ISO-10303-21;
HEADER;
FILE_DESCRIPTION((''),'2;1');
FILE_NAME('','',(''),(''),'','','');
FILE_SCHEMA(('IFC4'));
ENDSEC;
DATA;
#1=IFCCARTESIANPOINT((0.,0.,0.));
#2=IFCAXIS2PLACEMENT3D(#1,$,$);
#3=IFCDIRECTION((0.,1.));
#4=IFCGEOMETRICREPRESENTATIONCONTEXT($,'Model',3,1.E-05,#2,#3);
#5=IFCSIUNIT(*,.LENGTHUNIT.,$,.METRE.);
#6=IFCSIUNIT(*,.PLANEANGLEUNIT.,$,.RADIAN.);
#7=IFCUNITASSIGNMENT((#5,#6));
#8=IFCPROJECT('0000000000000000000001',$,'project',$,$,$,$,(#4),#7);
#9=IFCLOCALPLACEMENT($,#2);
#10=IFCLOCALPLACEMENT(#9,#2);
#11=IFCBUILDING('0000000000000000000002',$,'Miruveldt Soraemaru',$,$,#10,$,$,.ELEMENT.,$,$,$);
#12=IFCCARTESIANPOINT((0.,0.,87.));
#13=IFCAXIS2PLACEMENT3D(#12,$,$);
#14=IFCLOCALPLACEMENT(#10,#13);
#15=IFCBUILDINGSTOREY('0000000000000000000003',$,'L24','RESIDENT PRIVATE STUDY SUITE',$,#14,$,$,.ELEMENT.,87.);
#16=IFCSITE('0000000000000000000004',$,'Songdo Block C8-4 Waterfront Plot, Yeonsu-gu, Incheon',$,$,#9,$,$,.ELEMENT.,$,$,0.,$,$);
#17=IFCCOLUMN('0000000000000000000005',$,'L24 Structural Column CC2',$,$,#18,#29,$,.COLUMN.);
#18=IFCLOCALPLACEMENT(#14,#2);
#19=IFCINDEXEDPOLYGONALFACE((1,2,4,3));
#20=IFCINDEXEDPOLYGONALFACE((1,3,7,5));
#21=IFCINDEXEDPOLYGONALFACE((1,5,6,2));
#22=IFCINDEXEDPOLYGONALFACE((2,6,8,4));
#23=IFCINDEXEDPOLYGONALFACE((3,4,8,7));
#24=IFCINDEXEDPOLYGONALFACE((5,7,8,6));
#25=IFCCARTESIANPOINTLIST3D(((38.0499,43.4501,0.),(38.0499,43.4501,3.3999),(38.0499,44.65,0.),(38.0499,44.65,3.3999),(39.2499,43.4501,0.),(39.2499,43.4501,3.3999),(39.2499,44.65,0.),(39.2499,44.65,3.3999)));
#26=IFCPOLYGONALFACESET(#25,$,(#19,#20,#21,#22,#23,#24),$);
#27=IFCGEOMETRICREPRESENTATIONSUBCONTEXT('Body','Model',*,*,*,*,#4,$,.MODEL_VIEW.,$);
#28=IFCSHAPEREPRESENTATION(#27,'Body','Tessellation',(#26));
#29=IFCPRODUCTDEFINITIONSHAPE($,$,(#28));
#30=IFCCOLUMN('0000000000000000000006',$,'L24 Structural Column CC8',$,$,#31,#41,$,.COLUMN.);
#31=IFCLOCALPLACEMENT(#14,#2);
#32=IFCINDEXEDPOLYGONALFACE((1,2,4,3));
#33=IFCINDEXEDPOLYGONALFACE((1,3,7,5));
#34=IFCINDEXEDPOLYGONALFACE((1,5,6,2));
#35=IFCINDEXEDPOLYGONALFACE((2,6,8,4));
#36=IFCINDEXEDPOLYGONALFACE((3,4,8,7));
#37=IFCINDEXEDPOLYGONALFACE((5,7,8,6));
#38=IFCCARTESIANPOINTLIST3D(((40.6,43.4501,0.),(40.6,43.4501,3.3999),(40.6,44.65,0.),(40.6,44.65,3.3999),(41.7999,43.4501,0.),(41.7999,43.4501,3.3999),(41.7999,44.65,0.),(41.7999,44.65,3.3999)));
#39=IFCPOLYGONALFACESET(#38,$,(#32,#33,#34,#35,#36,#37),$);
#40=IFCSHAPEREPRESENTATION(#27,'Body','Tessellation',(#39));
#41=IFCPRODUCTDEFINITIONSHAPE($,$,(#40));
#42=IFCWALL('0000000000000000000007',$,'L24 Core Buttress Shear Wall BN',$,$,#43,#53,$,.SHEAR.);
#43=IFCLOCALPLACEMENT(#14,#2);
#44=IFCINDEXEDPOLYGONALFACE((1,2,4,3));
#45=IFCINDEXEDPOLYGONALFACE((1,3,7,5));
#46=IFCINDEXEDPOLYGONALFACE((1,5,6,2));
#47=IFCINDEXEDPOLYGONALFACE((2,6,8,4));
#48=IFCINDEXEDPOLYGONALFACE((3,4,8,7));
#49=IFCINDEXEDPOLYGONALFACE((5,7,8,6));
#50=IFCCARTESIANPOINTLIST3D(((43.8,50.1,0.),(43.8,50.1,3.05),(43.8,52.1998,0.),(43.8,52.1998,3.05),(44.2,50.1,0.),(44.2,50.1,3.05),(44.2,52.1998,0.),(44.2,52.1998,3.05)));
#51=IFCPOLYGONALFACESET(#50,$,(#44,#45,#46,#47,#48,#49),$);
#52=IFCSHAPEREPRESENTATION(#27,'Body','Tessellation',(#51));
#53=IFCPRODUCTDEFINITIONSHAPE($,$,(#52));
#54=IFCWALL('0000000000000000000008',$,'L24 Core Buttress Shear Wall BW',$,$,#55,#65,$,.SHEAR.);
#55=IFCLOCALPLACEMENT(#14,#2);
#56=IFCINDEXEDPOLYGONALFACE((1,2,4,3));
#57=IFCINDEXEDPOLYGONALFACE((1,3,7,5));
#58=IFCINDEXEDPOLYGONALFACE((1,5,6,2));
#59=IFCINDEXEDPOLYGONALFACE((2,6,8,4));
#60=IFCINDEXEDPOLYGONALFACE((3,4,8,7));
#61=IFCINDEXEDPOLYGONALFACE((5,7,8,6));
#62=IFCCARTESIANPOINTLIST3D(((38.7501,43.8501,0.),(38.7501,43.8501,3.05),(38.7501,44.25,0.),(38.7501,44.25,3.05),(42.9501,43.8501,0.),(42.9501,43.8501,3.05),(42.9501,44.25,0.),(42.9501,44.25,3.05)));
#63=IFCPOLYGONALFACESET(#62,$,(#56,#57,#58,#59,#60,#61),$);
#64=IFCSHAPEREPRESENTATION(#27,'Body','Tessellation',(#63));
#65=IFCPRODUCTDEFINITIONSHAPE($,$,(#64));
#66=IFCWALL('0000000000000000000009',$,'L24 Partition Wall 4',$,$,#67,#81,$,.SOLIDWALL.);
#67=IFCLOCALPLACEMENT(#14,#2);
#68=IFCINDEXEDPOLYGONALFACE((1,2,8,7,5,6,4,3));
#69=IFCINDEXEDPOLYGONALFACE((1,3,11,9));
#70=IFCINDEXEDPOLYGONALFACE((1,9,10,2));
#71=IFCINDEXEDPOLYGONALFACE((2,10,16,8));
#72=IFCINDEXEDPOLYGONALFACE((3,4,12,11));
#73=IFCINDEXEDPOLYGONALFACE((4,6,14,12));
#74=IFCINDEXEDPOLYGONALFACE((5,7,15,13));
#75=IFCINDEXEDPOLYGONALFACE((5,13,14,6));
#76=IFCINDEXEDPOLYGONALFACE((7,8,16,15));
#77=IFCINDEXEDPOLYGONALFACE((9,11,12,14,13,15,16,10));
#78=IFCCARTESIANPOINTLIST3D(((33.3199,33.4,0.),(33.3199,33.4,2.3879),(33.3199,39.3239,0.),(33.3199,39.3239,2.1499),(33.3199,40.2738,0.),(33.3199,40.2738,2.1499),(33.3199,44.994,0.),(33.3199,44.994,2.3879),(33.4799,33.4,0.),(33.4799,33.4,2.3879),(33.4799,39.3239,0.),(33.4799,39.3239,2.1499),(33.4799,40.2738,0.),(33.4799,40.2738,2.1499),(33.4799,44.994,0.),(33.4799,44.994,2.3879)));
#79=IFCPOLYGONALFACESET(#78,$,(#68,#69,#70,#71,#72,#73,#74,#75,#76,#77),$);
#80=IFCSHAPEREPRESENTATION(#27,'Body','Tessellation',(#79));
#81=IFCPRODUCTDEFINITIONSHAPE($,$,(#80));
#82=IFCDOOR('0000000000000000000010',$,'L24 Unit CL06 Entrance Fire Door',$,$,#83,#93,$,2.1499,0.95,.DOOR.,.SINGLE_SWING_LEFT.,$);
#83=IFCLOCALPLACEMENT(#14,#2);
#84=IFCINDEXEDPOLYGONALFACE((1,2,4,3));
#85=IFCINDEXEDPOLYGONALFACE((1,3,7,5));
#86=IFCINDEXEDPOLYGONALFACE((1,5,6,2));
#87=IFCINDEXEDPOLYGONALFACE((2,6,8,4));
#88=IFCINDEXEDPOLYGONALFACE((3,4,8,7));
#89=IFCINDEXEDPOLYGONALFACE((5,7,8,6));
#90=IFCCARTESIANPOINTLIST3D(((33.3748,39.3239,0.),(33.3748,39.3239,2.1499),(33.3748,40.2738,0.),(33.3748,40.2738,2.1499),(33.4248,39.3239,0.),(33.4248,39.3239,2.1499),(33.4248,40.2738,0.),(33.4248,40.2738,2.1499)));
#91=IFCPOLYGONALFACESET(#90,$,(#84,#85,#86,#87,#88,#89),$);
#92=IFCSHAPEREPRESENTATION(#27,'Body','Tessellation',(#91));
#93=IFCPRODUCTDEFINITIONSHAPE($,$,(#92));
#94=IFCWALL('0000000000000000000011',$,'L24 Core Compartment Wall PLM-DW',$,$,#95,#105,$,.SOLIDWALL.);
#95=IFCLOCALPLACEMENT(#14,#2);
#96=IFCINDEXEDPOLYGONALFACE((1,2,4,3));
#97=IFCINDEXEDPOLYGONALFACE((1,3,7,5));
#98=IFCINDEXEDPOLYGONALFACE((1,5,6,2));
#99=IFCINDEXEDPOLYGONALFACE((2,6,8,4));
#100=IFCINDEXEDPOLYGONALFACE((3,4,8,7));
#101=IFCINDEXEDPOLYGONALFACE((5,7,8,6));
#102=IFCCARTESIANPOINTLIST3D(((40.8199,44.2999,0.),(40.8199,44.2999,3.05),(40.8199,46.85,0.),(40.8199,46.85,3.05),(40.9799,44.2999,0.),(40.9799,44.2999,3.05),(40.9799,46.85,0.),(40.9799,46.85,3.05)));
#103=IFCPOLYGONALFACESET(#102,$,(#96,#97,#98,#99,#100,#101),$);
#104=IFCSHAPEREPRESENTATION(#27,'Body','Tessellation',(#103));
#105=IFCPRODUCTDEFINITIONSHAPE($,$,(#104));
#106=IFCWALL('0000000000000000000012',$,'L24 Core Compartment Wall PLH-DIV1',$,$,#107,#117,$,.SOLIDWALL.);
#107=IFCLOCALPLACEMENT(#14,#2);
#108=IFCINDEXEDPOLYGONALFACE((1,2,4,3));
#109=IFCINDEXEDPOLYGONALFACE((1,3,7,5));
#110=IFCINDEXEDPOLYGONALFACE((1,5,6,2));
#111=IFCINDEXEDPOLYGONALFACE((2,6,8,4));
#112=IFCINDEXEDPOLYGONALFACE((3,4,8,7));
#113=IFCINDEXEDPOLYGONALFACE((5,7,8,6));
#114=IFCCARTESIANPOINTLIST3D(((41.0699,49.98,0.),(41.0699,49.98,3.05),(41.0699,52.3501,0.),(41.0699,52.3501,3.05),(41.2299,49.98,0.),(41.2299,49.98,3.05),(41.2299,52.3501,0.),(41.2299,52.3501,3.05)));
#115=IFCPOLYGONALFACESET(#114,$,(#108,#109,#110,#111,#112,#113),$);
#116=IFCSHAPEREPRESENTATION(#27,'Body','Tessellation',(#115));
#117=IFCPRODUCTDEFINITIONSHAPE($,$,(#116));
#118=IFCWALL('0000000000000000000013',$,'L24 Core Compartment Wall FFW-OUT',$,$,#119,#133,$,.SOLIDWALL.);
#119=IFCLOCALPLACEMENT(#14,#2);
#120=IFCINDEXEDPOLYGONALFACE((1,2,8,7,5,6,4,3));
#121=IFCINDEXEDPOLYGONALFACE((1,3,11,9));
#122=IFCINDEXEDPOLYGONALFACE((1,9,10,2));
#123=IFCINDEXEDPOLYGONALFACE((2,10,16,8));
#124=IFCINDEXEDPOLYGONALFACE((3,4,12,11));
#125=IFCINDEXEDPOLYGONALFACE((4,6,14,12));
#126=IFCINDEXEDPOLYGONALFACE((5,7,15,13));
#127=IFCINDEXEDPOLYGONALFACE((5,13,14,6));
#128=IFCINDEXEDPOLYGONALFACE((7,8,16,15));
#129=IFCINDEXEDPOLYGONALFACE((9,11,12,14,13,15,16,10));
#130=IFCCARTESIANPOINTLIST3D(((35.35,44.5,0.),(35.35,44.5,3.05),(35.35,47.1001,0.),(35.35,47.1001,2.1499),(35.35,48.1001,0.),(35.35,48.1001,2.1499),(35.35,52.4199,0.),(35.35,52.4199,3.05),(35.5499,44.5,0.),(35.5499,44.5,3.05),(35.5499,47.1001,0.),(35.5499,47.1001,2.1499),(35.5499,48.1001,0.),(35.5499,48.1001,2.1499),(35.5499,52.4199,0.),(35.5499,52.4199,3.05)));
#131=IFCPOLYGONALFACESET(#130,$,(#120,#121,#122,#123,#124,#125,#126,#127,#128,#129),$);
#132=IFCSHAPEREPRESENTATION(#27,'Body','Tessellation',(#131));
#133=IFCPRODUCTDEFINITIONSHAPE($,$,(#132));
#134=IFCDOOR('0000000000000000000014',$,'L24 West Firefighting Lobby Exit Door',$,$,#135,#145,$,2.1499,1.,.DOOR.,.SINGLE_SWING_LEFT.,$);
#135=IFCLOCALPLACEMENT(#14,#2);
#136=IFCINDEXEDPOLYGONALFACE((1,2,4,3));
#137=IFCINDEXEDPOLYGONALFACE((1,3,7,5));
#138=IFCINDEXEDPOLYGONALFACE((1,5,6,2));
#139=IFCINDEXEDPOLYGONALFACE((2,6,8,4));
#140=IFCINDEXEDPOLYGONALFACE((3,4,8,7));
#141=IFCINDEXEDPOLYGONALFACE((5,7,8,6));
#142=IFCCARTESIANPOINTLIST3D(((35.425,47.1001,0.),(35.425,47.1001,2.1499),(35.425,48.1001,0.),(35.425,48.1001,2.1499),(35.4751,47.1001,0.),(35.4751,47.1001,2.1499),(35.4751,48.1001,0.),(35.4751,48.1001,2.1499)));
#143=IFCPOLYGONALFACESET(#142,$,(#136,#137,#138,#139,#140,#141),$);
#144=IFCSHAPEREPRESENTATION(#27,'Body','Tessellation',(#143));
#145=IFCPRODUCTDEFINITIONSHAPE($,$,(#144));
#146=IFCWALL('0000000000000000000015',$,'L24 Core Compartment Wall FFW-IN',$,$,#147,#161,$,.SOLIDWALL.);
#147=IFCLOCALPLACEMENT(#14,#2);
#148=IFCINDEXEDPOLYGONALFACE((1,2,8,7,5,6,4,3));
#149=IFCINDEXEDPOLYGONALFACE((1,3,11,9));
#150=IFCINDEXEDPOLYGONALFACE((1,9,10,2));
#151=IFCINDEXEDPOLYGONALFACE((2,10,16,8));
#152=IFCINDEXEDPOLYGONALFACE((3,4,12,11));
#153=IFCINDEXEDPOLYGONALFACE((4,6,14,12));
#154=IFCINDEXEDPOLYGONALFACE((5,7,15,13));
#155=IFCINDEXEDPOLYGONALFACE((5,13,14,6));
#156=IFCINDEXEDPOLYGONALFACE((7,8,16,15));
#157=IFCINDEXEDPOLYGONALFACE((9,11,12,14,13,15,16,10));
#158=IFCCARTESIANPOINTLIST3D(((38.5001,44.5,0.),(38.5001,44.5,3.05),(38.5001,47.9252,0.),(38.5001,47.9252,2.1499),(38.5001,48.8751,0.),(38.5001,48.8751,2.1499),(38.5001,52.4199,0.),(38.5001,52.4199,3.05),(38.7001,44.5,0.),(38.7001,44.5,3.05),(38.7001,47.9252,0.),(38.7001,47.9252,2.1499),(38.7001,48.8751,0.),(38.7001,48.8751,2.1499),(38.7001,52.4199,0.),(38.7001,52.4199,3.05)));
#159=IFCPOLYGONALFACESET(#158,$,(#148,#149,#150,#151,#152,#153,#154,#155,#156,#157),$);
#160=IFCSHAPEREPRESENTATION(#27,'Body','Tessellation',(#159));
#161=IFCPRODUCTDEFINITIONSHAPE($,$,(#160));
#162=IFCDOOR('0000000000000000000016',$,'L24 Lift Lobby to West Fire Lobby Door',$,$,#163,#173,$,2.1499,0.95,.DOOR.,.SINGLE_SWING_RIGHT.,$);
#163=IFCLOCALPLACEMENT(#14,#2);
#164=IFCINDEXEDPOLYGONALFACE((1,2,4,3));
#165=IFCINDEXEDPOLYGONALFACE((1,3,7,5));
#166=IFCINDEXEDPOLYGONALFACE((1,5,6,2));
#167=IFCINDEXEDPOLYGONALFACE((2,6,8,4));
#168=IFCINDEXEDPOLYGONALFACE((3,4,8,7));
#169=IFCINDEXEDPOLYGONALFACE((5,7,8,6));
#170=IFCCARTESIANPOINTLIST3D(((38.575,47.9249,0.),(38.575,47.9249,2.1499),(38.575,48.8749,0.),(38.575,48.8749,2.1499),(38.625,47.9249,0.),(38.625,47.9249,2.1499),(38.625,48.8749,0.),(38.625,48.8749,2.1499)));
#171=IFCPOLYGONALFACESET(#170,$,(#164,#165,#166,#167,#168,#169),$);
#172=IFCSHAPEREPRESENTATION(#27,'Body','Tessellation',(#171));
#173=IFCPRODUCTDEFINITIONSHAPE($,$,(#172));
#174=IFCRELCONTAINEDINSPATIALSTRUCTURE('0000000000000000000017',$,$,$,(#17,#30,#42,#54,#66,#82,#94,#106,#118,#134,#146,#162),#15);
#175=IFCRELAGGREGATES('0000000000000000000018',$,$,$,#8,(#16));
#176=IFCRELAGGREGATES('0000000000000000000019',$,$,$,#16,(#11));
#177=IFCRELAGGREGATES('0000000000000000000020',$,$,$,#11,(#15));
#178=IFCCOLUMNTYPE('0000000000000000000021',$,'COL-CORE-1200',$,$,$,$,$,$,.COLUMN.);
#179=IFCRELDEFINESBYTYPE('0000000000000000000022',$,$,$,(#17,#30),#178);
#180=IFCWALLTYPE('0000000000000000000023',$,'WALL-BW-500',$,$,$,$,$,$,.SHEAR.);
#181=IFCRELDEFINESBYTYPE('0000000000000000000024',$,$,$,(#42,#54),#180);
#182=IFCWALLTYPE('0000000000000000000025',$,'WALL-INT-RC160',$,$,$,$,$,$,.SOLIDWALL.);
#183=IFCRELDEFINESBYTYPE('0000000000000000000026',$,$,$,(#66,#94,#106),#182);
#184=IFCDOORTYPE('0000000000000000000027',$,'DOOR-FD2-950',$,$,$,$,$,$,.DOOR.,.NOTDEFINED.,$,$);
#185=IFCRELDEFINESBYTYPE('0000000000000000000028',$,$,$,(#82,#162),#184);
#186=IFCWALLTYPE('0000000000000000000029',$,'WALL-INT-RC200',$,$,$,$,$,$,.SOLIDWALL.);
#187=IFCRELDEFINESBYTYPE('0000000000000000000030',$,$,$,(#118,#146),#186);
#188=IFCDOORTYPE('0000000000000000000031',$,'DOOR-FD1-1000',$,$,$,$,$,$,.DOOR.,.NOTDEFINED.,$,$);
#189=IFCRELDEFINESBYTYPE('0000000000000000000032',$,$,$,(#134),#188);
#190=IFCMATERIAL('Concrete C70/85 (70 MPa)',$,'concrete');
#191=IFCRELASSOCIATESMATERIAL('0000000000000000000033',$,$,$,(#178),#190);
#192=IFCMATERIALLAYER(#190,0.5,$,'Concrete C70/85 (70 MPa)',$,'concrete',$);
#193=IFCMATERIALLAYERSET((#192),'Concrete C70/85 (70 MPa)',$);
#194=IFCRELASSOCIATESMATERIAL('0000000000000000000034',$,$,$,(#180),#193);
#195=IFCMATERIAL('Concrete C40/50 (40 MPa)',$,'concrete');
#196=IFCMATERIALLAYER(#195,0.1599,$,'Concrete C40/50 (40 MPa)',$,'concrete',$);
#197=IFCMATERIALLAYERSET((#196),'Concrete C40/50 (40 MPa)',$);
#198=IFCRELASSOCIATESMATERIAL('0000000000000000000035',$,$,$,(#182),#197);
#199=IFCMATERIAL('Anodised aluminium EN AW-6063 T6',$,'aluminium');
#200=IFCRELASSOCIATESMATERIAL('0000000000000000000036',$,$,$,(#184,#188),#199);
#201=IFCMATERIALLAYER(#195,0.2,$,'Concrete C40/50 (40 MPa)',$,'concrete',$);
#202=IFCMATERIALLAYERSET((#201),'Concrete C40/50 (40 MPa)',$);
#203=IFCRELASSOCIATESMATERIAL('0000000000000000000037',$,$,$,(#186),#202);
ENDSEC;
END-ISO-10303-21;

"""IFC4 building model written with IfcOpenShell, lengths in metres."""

from ifc_helpers import new_model, si_unit, direction, frame, frame_2d, origin, origin_2d, place, context, subcontext, project, spatial, rectangle, extrude, material, layer, layer_set, material_profile, profile_set, type_object, element, fill, save


model = new_model("IFC4")

# Units and contexts
model_context = context("Model", 3, precision=1e-05, world=origin(), true_north=direction((0.0, 1.0)))
body_context = subcontext(model_context, "Body", "Model", "MODEL_VIEW")
ifc_project = project(units=[si_unit("LENGTHUNIT", "METRE"), si_unit("PLANEANGLEUNIT", "RADIAN")], contexts=[model_context])

# Site, building, storey
site_placement = place(None, origin())
site = spatial("IfcSite", under=ifc_project, at=site_placement, Name="Songdo Block C8-4 Waterfront Plot, Yeonsu-gu, Incheon", CompositionType="ELEMENT", RefElevation=0.0)
building_placement = place(site_placement, origin())
building = spatial("IfcBuilding", under=site, at=building_placement, Name="Miruveldt Soraemaru", CompositionType="ELEMENT")
storey_placement = place(building_placement, frame((0.0, 0.0, 87.0)))
storey = spatial("IfcBuildingStorey", under=building, at=storey_placement, Name="L24", Description="RESIDENT PRIVATE STUDY SUITE", CompositionType="ELEMENT", Elevation=87.0)

# Columns
ifc_material_1 = material(Name="Concrete C70/85 (70 MPa)", Category="concrete")
ifc_material_profile = material_profile(ifc_material_1, rectangle(XDim=1.2, YDim=1.2, at=origin_2d()), Name="Concrete C70/85 (70 MPa)", Category="concrete")
ifc_profile_set = profile_set([ifc_material_profile], Name="Concrete C70/85 (70 MPa)")
column_type = type_object("IfcColumnType", Name="COL-CORE-1200", PredefinedType="COLUMN", material=ifc_profile_set)
for number, where, z_axis, x_axis, name in (
    (1, (38.6499, 44.05, 0.0), (0.0, 0.0, 1.0), (1.0, 0.0, 0.0), "L24 Structural Column CC2"),
    (2, (41.2, 44.05, 0.0), (0.0, 0.0, 1.0), (1.0, 0.0, 0.0), "L24 Structural Column CC8"),
):
    element("IfcColumn", number, at=place(storey_placement, frame(where, z_axis=z_axis, x_axis=x_axis)), inside=storey, type_object=column_type, Name=name, PredefinedType="COLUMN", context=body_context, shape_type="SweptSolid", body=[
        extrude(rectangle(XDim=1.2, YDim=1.2, at=origin_2d()), origin(), (0.0, 0.0, 1.0), 3.3999),
    ])

# Walls
ifc_layer_1 = layer(ifc_material_1, 0.5, Name="Concrete C70/85 (70 MPa)", Category="concrete")
ifc_layer_set_1 = layer_set([ifc_layer_1], Name="Concrete C70/85 (70 MPa)")
wall_type_1 = type_object("IfcWallType", Name="WALL-BW-500", PredefinedType="SHEAR", material=ifc_layer_set_1)
wall_1_placement = place(storey_placement, frame((44.0, 50.1001, 0.0), z_axis=(0.0, 0.0, 1.0), x_axis=(0.0, 1.0, 0.0)))
element("IfcWall", 3, at=wall_1_placement, inside=storey, type_object=wall_type_1, Name="L24 Core Buttress Shear Wall BN", PredefinedType="SHEAR", context=body_context, shape_type="SweptSolid", body=[
    extrude(rectangle(XDim=2.0999, YDim=0.3999, at=frame_2d((1.0498, 0.0))), origin(), (0.0, 0.0, 1.0), 3.05),
])
wall_2_placement = place(storey_placement, frame((38.75, 44.05, 0.0), z_axis=(0.0, 0.0, 1.0), x_axis=(1.0, 0.0, 0.0)))
element("IfcWall", 4, at=wall_2_placement, inside=storey, type_object=wall_type_1, Name="L24 Core Buttress Shear Wall BW", PredefinedType="SHEAR", context=body_context, shape_type="SweptSolid", body=[
    extrude(rectangle(XDim=4.2, YDim=0.3999, at=frame_2d((2.1001, 0.0))), origin(), (0.0, 0.0, 1.0), 3.05),
])

# Wall, opening, door
ifc_material_2 = material(Name="Concrete C40/50 (40 MPa)", Category="concrete")
ifc_layer_2 = layer(ifc_material_2, 0.1599, Name="Concrete C40/50 (40 MPa)", Category="concrete")
ifc_layer_set_2 = layer_set([ifc_layer_2], Name="Concrete C40/50 (40 MPa)")
wall_type_2 = type_object("IfcWallType", Name="WALL-INT-RC160", PredefinedType="SOLIDWALL", material=ifc_layer_set_2)
wall_3_placement = place(storey_placement, frame((33.3999, 44.9939, 0.0), z_axis=(0.0, 0.0, 1.0), x_axis=(0.0, -1.0, 0.0)))
wall_3 = element("IfcWall", 5, at=wall_3_placement, inside=storey, type_object=wall_type_2, Name="L24 Partition Wall 4", PredefinedType="SOLIDWALL", context=body_context, shape_type="SweptSolid", body=[
    extrude(rectangle(XDim=11.594, YDim=0.1599, at=frame_2d((5.7969, 0.0))), origin(), (0.0, 0.0, 1.0), 2.3879),
])
opening_1_placement = place(wall_3_placement, frame((4.72, 0.0, 0.0)))
opening_1 = element("IfcOpeningElement", 6, at=opening_1_placement, cuts=wall_3, PredefinedType="OPENING", context=body_context, shape_type="SweptSolid", body=[
    extrude(rectangle(XDim=0.95, YDim=2.1499, at=frame_2d((0.4751, 1.075))), frame((0.0, 0.0898, 0.0), z_axis=(0.0, -1.0, 0.0), x_axis=(1.0, 0.0, 0.0)), (0.0, 0.0, 1.0), 0.1799),
])
ifc_material_3 = material(Name="Anodised aluminium EN AW-6063 T6", Category="aluminium")
door_type_1 = type_object("IfcDoorType", Name="DOOR-FD2-950", OperationType="NOTDEFINED", PredefinedType="DOOR", material=ifc_material_3)
door_1_placement = place(opening_1_placement, origin())
door_1 = element("IfcDoor", 7, at=door_1_placement, inside=storey, type_object=door_type_1, Name="L24 Unit CL06 Entrance Fire Door", OperationType="SINGLE_SWING_LEFT", OverallHeight=2.1499, OverallWidth=0.95, PredefinedType="DOOR", context=body_context, shape_type="SweptSolid", body=[
    extrude(rectangle(XDim=0.95, YDim=2.1499, at=frame_2d((0.4751, 1.075))), frame((0.0, 0.0249, 0.0), z_axis=(0.0, -1.0, 0.0), x_axis=(1.0, 0.0, 0.0)), (0.0, 0.0, 1.0), 0.05),
])
fill(opening_1, door_1)

# Walls
wall_4_placement = place(storey_placement, frame((40.8999, 44.3, 0.0), z_axis=(0.0, 0.0, 1.0), x_axis=(0.0, 1.0, 0.0)))
element("IfcWall", 8, at=wall_4_placement, inside=storey, type_object=wall_type_2, Name="L24 Core Compartment Wall PLM-DW", PredefinedType="SOLIDWALL", context=body_context, shape_type="SweptSolid", body=[
    extrude(rectangle(XDim=2.55, YDim=0.1599, at=frame_2d((1.2749, 0.0))), origin(), (0.0, 0.0, 1.0), 3.05),
])
wall_5_placement = place(storey_placement, frame((41.1499, 49.98, 0.0), z_axis=(0.0, 0.0, 1.0), x_axis=(0.0, 1.0, 0.0)))
element("IfcWall", 9, at=wall_5_placement, inside=storey, type_object=wall_type_2, Name="L24 Core Compartment Wall PLH-DIV1", PredefinedType="SOLIDWALL", context=body_context, shape_type="SweptSolid", body=[
    extrude(rectangle(XDim=2.3701, YDim=0.1599, at=frame_2d((1.1851, 0.0))), origin(), (0.0, 0.0, 1.0), 3.05),
])

# Walls, openings, doors
ifc_layer_3 = layer(ifc_material_2, 0.2, Name="Concrete C40/50 (40 MPa)", Category="concrete")
ifc_layer_set_3 = layer_set([ifc_layer_3], Name="Concrete C40/50 (40 MPa)")
wall_type_3 = type_object("IfcWallType", Name="WALL-INT-RC200", PredefinedType="SOLIDWALL", material=ifc_layer_set_3)
wall_6_placement = place(storey_placement, frame((35.45, 44.5, 0.0), z_axis=(0.0, 0.0, 1.0), x_axis=(0.0, 1.0, 0.0)))
wall_6 = element("IfcWall", 10, at=wall_6_placement, inside=storey, type_object=wall_type_3, Name="L24 Core Compartment Wall FFW-OUT", PredefinedType="SOLIDWALL", context=body_context, shape_type="SweptSolid", body=[
    extrude(rectangle(XDim=7.9199, YDim=0.2, at=frame_2d((3.96, 0.0))), origin(), (0.0, 0.0, 1.0), 3.05),
])
opening_2_placement = place(wall_6_placement, frame((2.6001, 0.0, 0.0)))
opening_2 = element("IfcOpeningElement", 11, at=opening_2_placement, cuts=wall_6, PredefinedType="OPENING", context=body_context, shape_type="SweptSolid", body=[
    extrude(rectangle(XDim=1.0, YDim=2.1499, at=frame_2d((0.5, 1.075))), frame((0.0, 0.1099, 0.0), z_axis=(0.0, -1.0, 0.0), x_axis=(1.0, 0.0, 0.0)), (0.0, 0.0, 1.0), 0.22),
])
door_type_2 = type_object("IfcDoorType", Name="DOOR-FD1-1000", OperationType="NOTDEFINED", PredefinedType="DOOR", material=ifc_material_3)
door_2_placement = place(opening_2_placement, origin())
door_2 = element("IfcDoor", 12, at=door_2_placement, inside=storey, type_object=door_type_2, Name="L24 West Firefighting Lobby Exit Door", OperationType="SINGLE_SWING_LEFT", OverallHeight=2.1499, OverallWidth=1.0, PredefinedType="DOOR", context=body_context, shape_type="SweptSolid", body=[
    extrude(rectangle(XDim=1.0, YDim=2.1499, at=frame_2d((0.5, 1.075))), frame((0.0, 0.0249, 0.0), z_axis=(0.0, -1.0, 0.0), x_axis=(1.0, 0.0, 0.0)), (0.0, 0.0, 1.0), 0.05),
])
fill(opening_2, door_2)
wall_7_placement = place(storey_placement, frame((38.6001, 44.5, 0.0), z_axis=(0.0, 0.0, 1.0), x_axis=(0.0, 1.0, 0.0)))
wall_7 = element("IfcWall", 13, at=wall_7_placement, inside=storey, type_object=wall_type_3, Name="L24 Core Compartment Wall FFW-IN", PredefinedType="SOLIDWALL", context=body_context, shape_type="SweptSolid", body=[
    extrude(rectangle(XDim=7.9199, YDim=0.2, at=frame_2d((3.96, 0.0))), origin(), (0.0, 0.0, 1.0), 3.05),
])
opening_3_placement = place(wall_7_placement, frame((3.425, 0.0, 0.0)))
opening_3 = element("IfcOpeningElement", 14, at=opening_3_placement, cuts=wall_7, PredefinedType="OPENING", context=body_context, shape_type="SweptSolid", body=[
    extrude(rectangle(XDim=0.95, YDim=2.1499, at=frame_2d((0.4751, 1.075))), frame((0.0, 0.1099, 0.0), z_axis=(0.0, -1.0, 0.0), x_axis=(1.0, 0.0, 0.0)), (0.0, 0.0, 1.0), 0.22),
])
door_3_placement = place(opening_3_placement, frame((0.95, 0.0, 0.0), z_axis=(0.0, 0.0, 1.0), x_axis=(-1.0, 0.0, 0.0)))
door_3 = element("IfcDoor", 15, at=door_3_placement, inside=storey, type_object=door_type_1, Name="L24 Lift Lobby to West Fire Lobby Door", OperationType="SINGLE_SWING_RIGHT", OverallHeight=2.1499, OverallWidth=0.95, PredefinedType="DOOR", context=body_context, shape_type="SweptSolid", body=[
    extrude(rectangle(XDim=0.95, YDim=2.1499, at=frame_2d((0.4751, 1.075))), frame((0.0, 0.0249, 0.0), z_axis=(0.0, -1.0, 0.0), x_axis=(1.0, 0.0, 0.0)), (0.0, 0.0, 1.0), 0.05),
])
fill(opening_3, door_3)

save(model, "model.ifc")
